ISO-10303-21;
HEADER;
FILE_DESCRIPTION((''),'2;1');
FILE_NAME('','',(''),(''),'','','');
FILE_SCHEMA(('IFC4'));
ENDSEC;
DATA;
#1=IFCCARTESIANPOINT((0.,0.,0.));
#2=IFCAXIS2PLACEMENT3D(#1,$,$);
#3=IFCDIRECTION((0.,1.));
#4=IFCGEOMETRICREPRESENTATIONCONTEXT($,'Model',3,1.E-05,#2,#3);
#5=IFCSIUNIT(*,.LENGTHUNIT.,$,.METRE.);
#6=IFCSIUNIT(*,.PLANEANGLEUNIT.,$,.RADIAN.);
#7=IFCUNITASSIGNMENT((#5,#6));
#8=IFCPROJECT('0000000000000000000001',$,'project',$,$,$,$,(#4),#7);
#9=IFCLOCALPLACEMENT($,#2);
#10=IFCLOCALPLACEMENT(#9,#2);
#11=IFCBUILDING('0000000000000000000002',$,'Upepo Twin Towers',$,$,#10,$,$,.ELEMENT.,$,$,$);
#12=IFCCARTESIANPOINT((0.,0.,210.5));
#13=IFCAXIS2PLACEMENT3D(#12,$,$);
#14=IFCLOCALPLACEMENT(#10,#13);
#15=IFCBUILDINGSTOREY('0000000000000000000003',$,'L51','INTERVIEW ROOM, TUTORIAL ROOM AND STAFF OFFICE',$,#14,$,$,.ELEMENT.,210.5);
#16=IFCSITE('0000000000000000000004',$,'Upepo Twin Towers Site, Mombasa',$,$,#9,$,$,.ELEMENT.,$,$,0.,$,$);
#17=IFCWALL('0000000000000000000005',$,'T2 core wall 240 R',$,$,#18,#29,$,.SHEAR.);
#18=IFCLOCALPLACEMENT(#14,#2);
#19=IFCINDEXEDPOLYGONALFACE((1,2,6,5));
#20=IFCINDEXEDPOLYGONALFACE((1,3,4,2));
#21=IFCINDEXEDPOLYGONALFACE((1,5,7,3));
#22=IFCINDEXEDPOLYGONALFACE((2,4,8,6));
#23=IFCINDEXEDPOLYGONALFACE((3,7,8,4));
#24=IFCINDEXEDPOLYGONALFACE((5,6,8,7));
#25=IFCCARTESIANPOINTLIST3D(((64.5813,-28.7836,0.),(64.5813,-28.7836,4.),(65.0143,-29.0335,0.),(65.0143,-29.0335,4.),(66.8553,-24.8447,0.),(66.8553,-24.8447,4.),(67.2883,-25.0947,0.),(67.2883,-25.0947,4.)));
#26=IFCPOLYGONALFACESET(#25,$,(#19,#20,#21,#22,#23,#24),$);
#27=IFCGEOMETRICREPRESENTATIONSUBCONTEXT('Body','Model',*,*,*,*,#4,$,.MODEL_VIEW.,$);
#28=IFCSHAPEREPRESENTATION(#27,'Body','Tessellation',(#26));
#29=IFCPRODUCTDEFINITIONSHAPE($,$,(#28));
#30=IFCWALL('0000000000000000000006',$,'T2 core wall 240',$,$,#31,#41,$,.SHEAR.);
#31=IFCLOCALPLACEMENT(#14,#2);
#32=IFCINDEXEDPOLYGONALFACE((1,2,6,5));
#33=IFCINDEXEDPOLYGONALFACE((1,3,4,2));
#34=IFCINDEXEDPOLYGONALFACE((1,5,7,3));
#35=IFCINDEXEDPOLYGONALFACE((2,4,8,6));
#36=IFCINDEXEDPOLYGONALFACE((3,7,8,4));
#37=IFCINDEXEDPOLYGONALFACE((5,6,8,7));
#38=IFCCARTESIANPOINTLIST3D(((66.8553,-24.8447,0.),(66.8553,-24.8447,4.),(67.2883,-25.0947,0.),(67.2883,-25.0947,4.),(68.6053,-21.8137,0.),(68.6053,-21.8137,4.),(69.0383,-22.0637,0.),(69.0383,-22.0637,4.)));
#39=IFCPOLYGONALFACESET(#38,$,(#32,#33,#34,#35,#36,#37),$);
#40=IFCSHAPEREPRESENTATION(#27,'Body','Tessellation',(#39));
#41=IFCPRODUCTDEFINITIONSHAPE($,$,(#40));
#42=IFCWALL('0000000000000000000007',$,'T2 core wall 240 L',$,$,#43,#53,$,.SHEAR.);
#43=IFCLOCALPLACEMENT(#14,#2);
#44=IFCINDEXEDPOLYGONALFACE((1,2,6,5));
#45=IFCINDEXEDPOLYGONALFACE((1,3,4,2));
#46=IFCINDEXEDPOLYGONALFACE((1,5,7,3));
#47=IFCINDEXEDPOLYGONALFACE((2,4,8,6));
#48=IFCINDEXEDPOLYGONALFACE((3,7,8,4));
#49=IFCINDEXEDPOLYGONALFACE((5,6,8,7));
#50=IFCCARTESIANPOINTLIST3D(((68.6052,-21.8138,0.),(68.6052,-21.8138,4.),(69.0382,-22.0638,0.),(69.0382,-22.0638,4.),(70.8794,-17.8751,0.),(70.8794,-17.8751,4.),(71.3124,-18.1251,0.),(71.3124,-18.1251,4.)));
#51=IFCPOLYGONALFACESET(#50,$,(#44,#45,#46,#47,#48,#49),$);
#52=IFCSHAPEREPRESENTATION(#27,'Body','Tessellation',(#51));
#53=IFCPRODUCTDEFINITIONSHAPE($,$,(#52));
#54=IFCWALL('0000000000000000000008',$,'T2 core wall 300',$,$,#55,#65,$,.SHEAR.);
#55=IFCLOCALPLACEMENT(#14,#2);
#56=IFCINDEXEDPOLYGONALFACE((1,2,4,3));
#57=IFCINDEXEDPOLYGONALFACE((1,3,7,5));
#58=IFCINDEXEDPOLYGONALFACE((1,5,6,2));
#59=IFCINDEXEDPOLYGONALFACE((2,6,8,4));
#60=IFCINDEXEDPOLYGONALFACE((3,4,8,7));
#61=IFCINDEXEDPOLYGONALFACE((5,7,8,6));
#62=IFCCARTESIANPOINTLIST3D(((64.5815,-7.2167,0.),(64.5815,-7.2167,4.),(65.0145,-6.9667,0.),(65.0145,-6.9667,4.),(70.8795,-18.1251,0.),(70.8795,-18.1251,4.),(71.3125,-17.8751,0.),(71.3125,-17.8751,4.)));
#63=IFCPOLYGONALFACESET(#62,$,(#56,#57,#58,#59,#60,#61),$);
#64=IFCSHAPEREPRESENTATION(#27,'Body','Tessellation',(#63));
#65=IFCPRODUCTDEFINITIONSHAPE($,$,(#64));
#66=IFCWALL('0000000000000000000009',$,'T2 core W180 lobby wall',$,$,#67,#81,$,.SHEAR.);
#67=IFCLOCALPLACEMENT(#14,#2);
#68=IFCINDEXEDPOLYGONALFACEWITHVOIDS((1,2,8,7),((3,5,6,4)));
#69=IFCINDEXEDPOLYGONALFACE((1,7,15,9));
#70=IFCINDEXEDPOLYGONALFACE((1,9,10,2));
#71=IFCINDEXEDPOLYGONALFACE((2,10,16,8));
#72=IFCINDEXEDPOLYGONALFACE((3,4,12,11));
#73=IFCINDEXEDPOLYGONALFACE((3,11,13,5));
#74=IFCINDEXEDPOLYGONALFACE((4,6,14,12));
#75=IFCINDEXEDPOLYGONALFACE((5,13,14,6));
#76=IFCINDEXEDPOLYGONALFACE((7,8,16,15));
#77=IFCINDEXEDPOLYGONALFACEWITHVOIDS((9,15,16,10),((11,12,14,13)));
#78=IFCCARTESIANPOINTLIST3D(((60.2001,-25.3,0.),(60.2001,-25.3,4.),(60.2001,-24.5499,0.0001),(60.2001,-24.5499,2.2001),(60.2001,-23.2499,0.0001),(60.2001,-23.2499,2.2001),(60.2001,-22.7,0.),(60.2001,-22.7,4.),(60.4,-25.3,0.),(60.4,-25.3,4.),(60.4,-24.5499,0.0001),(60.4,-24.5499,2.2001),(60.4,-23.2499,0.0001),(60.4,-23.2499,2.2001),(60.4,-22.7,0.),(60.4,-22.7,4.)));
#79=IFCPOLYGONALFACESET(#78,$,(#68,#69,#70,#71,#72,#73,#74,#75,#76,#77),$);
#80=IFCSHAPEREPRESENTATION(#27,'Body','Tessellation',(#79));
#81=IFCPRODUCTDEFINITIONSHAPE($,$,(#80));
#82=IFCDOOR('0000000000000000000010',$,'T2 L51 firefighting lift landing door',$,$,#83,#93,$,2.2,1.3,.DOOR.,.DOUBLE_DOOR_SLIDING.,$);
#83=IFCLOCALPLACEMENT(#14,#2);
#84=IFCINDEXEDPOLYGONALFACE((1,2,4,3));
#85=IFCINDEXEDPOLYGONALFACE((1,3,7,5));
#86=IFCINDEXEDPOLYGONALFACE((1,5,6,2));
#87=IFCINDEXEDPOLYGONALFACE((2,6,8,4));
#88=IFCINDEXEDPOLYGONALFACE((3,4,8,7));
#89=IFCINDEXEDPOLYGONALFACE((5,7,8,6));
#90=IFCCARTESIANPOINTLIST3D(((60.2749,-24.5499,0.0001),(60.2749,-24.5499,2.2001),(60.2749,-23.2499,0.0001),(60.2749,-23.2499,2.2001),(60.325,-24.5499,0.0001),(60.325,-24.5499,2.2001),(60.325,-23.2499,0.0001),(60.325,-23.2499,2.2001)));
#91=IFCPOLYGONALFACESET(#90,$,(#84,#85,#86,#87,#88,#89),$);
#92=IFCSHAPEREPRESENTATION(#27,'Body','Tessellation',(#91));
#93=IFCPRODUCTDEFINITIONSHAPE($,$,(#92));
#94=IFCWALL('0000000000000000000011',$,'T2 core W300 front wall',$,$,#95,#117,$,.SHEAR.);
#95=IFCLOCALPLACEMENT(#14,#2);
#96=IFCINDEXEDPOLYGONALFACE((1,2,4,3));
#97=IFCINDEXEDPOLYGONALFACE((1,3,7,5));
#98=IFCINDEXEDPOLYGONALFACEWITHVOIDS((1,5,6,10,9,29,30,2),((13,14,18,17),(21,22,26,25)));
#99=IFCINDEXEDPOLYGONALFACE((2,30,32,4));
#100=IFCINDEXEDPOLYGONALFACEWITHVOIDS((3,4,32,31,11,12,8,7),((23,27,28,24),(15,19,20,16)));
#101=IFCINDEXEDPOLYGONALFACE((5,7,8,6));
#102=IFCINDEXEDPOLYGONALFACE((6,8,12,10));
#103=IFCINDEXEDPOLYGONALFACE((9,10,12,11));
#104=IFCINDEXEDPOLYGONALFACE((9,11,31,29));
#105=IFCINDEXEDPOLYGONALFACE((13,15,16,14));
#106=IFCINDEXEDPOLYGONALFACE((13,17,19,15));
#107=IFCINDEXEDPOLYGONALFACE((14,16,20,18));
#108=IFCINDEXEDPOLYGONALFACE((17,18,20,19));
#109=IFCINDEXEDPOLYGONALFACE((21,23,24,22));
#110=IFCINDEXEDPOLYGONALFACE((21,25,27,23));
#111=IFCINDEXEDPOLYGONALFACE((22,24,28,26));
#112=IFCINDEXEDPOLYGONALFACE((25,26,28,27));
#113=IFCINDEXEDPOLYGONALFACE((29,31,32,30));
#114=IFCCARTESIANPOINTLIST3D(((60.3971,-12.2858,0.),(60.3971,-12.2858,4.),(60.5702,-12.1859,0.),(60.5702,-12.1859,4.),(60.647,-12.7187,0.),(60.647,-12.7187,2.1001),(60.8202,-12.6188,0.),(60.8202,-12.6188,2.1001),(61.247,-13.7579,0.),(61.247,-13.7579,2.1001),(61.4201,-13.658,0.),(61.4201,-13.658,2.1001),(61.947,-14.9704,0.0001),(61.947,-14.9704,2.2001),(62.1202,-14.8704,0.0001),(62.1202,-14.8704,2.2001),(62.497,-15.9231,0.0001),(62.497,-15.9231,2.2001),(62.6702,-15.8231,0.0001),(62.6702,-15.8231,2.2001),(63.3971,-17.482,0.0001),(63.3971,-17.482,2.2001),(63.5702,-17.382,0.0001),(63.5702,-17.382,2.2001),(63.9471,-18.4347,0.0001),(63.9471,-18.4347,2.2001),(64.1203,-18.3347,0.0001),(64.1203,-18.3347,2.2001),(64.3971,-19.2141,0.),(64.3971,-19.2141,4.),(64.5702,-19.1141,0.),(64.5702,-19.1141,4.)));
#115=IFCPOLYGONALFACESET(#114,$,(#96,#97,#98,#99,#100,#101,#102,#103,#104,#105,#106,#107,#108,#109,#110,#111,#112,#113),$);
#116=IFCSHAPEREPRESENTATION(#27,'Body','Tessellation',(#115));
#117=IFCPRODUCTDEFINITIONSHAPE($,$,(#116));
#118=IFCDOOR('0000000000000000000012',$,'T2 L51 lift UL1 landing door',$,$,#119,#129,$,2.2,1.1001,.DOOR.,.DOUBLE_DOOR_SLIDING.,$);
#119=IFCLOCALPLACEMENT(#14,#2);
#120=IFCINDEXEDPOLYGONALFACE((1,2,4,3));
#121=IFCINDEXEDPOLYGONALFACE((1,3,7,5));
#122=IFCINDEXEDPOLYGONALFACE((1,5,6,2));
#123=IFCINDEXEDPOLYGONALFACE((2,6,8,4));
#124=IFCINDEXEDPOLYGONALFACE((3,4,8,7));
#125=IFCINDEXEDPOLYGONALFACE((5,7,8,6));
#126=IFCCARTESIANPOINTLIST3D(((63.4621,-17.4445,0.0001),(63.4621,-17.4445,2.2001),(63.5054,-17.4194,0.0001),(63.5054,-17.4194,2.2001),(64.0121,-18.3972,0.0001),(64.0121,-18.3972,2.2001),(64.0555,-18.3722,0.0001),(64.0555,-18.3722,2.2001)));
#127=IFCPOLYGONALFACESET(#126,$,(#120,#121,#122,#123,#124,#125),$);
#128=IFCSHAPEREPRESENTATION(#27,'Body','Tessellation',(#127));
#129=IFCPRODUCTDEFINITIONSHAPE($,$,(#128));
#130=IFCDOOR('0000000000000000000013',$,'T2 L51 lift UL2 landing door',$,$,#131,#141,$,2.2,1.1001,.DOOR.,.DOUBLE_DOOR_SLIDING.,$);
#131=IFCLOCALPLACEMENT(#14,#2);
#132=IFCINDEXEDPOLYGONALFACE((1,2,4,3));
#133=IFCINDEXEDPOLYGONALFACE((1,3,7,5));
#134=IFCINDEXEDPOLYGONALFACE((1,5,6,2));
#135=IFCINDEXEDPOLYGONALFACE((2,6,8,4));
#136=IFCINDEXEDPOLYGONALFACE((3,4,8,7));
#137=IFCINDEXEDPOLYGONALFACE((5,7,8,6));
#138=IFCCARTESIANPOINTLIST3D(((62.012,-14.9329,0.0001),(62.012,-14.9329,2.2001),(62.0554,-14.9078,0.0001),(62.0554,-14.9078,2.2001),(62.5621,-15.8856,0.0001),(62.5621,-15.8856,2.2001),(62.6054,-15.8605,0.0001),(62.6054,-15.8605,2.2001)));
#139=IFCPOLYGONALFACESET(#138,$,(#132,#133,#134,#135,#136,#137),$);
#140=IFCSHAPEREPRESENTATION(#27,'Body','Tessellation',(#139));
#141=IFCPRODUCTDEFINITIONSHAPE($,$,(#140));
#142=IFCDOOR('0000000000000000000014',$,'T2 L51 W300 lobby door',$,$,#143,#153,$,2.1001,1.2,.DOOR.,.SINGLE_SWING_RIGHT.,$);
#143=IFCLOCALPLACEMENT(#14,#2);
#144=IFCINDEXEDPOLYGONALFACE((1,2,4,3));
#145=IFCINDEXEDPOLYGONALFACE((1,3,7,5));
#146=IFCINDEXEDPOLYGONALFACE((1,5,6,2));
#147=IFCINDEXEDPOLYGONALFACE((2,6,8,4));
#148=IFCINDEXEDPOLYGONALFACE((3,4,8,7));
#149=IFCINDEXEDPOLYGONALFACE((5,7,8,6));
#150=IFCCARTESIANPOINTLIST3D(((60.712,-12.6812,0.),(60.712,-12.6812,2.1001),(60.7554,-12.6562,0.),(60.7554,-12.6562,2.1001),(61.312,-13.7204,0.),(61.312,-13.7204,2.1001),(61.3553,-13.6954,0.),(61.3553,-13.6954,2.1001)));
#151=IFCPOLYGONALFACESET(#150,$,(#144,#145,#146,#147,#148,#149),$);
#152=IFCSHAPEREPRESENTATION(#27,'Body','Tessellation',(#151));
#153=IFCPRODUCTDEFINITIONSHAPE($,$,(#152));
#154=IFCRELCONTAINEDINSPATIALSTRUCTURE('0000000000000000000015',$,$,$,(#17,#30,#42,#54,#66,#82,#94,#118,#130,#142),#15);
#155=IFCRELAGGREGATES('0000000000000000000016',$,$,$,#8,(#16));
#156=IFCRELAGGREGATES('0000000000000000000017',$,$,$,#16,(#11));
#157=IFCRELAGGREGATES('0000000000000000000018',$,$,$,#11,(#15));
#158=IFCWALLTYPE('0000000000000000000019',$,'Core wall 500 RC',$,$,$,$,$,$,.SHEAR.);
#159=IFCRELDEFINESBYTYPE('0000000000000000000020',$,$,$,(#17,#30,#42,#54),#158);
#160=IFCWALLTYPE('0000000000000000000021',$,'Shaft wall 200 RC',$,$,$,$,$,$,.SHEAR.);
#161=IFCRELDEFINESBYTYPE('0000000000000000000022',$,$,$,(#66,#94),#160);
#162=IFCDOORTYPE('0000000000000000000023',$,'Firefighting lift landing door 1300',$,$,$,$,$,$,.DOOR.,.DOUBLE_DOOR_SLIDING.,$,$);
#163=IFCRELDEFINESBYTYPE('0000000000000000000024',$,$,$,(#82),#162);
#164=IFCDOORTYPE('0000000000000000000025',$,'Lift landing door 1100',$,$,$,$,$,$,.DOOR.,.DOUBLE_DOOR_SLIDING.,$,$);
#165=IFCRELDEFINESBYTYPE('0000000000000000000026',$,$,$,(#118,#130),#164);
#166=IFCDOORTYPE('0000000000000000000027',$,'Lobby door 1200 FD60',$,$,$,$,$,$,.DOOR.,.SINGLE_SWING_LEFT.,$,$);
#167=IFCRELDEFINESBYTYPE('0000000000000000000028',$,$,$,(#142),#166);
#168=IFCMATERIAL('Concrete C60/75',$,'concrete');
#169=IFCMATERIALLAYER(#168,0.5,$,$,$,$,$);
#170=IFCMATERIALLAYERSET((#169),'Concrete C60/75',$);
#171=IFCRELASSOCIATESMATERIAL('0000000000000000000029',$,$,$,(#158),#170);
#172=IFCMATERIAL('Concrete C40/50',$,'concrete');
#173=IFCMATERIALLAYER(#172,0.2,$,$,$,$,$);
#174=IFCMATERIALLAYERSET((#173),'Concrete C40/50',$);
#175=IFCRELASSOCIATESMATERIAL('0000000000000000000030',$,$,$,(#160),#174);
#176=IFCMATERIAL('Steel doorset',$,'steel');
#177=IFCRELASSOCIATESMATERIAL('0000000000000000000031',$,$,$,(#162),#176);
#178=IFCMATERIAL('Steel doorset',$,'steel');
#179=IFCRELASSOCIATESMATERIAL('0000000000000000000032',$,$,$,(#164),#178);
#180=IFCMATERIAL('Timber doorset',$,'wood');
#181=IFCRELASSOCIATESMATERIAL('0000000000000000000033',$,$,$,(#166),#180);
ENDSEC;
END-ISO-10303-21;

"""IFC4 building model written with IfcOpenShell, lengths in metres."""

from ifc_helpers import new_model, si_unit, direction, frame, frame_2d, origin, place, context, subcontext, project, spatial, rectangle, extrude, material, layer, layer_set, type_object, element, fill, save


model = new_model("IFC4")

# Units and contexts
model_context = context("Model", 3, precision=1e-05, world=origin(), true_north=direction((0.0, 1.0)))
body_context = subcontext(model_context, "Body", "Model", "MODEL_VIEW")
ifc_project = project(units=[si_unit("LENGTHUNIT", "METRE"), si_unit("PLANEANGLEUNIT", "RADIAN")], contexts=[model_context])

# Site, building, storey
site_placement = place(None, origin())
site = spatial("IfcSite", under=ifc_project, at=site_placement, Name="Upepo Twin Towers Site, Mombasa", CompositionType="ELEMENT", RefElevation=0.0)
building_placement = place(site_placement, origin())
building = spatial("IfcBuilding", under=site, at=building_placement, Name="Upepo Twin Towers", CompositionType="ELEMENT")
storey_placement = place(building_placement, frame((0.0, 0.0, 210.5)))
storey = spatial("IfcBuildingStorey", under=building, at=storey_placement, Name="L51", Description="INTERVIEW ROOM, TUTORIAL ROOM AND STAFF OFFICE", CompositionType="ELEMENT", Elevation=210.5)

# Walls
ifc_material_1 = material(Name="Concrete C60/75", Category="concrete")
ifc_layer_1 = layer(ifc_material_1, 0.5)
ifc_layer_set_1 = layer_set([ifc_layer_1], Name="Concrete C60/75")
wall_type_1 = type_object("IfcWallType", Name="Core wall 500 RC", PredefinedType="SHEAR", material=ifc_layer_set_1)
wall_1_placement = place(storey_placement, frame((64.7979, -28.9084, 0.0), z_axis=(0.0, 0.0, 1.0), x_axis=(0.499984, 0.866035, 0.0)))
element("IfcWall", 1, at=wall_1_placement, inside=storey, type_object=wall_type_1, Name="T2 core wall 240 R", PredefinedType="SHEAR", context=body_context, shape_type="SweptSolid", body=[
    extrude(rectangle(XDim=4.5481, YDim=0.5, at=frame_2d((2.2739, 0.0))), origin(), (0.0, 0.0, 1.0), 4.0),
])
wall_2_placement = place(storey_placement, frame((67.0718, -24.9697, 0.0), z_axis=(0.0, 0.0, 1.0), x_axis=(0.50001, 0.866019, 0.0)))
element("IfcWall", 2, at=wall_2_placement, inside=storey, type_object=wall_type_1, Name="T2 core wall 240", PredefinedType="SHEAR", context=body_context, shape_type="SweptSolid", body=[
    extrude(rectangle(XDim=3.5, YDim=0.5, at=frame_2d((1.75, 0.0))), origin(), (0.0, 0.0, 1.0), 4.0),
])
wall_3_placement = place(storey_placement, frame((68.8218, -21.9387, 0.0), z_axis=(0.0, 0.0, 1.0), x_axis=(0.500024, 0.866011, 0.0)))
element("IfcWall", 3, at=wall_3_placement, inside=storey, type_object=wall_type_1, Name="T2 core wall 240 L", PredefinedType="SHEAR", context=body_context, shape_type="SweptSolid", body=[
    extrude(rectangle(XDim=4.5481, YDim=0.5, at=frame_2d((2.2739, 0.0))), origin(), (0.0, 0.0, 1.0), 4.0),
])
wall_4_placement = place(storey_placement, frame((71.0959, -18.0, 0.0), z_axis=(0.0, 0.0, 1.0), x_axis=(-0.500006, 0.866022, 0.0)))
element("IfcWall", 4, at=wall_4_placement, inside=storey, type_object=wall_type_1, Name="T2 core wall 300", PredefinedType="SHEAR", context=body_context, shape_type="SweptSolid", body=[
    extrude(rectangle(XDim=12.5959, YDim=0.5, at=frame_2d((6.2979, 0.0))), origin(), (0.0, 0.0, 1.0), 4.0),
])

# Wall, opening, door
ifc_material_2 = material(Name="Concrete C40/50", Category="concrete")
ifc_layer_2 = layer(ifc_material_2, 0.2)
ifc_layer_set_2 = layer_set([ifc_layer_2], Name="Concrete C40/50")
wall_type_2 = type_object("IfcWallType", Name="Shaft wall 200 RC", PredefinedType="SHEAR", material=ifc_layer_set_2)
wall_5_placement = place(storey_placement, frame((60.3, -22.7, 0.0), z_axis=(0.0, 0.0, 1.0), x_axis=(0.0, -1.0, 0.0)))
wall_5 = element("IfcWall", 5, at=wall_5_placement, inside=storey, type_object=wall_type_2, Name="T2 core W180 lobby wall", PredefinedType="SHEAR", context=body_context, shape_type="SweptSolid", body=[
    extrude(rectangle(XDim=2.6001, YDim=0.2, at=frame_2d((1.3, 0.0))), origin(), (0.0, 0.0, 1.0), 4.0),
])
opening_1_placement = place(wall_5_placement, frame((0.55, 0.0, 0.0)))
opening_1 = element("IfcOpeningElement", 6, at=opening_1_placement, cuts=wall_5, PredefinedType="OPENING", context=body_context, shape_type="SweptSolid", body=[
    extrude(rectangle(XDim=1.3, YDim=2.2, at=frame_2d((0.6499, 1.1001))), frame((0.0, 0.1099, 0.0), z_axis=(0.0, -1.0, 0.0), x_axis=(1.0, 0.0, 0.0)), (0.0, 0.0, 1.0), 0.22),
])
ifc_material_3 = material(Name="Steel doorset", Category="steel")
door_type_1 = type_object("IfcDoorType", Name="Firefighting lift landing door 1300", OperationType="DOUBLE_DOOR_SLIDING", PredefinedType="DOOR", material=ifc_material_3)
door_1_placement = place(opening_1_placement, origin())
door_1 = element("IfcDoor", 7, at=door_1_placement, inside=storey, type_object=door_type_1, Name="T2 L51 firefighting lift landing door", OperationType="DOUBLE_DOOR_SLIDING", OverallHeight=2.2, OverallWidth=1.3, PredefinedType="DOOR", context=body_context, shape_type="SweptSolid", body=[
    extrude(rectangle(XDim=1.3, YDim=2.2, at=frame_2d((0.6499, 1.1001))), frame((0.0, 0.0249, 0.0), z_axis=(0.0, -1.0, 0.0), x_axis=(1.0, 0.0, 0.0)), (0.0, 0.0, 1.0), 0.05),
])
fill(opening_1, door_1)

# Wall, openings, doors
wall_6_placement = place(storey_placement, frame((64.4836, -19.1641, 0.0), z_axis=(0.0, 0.0, 1.0), x_axis=(-0.499999, 0.866026, 0.0)))
wall_6 = element("IfcWall", 8, at=wall_6_placement, inside=storey, type_object=wall_type_2, Name="T2 core W300 front wall", PredefinedType="SHEAR", context=body_context, shape_type="SweptSolid", body=[
    extrude(rectangle(XDim=8.0, YDim=0.2, at=frame_2d((4.0, 0.0))), origin(), (0.0, 0.0, 1.0), 4.0),
])
opening_2_placement = place(wall_6_placement, frame((6.3, 0.0, 0.0)))
opening_2 = element("IfcOpeningElement", 9, at=opening_2_placement, cuts=wall_6, PredefinedType="OPENING", context=body_context, shape_type="SweptSolid", body=[
    extrude(rectangle(XDim=1.2, YDim=2.1001, at=frame_2d((0.6001, 1.05))), frame((0.0, 0.1099, 0.0), z_axis=(0.0, -1.0, 0.0), x_axis=(1.0, 0.0, 0.0)), (0.0, 0.0, 1.0), 0.22),
])
opening_3_placement = place(wall_6_placement, frame((0.8999, 0.0, 0.0)))
opening_3 = element("IfcOpeningElement", 10, at=opening_3_placement, cuts=wall_6, PredefinedType="OPENING", context=body_context, shape_type="SweptSolid", body=[
    extrude(rectangle(XDim=1.1001, YDim=2.2, at=frame_2d((0.55, 1.1001))), frame((0.0, 0.1099, 0.0), z_axis=(0.0, -1.0, 0.0), x_axis=(1.0, 0.0, 0.0)), (0.0, 0.0, 1.0), 0.22),
])
opening_4_placement = place(wall_6_placement, frame((3.8, 0.0, 0.0)))
opening_4 = element("IfcOpeningElement", 11, at=opening_4_placement, cuts=wall_6, PredefinedType="OPENING", context=body_context, shape_type="SweptSolid", body=[
    extrude(rectangle(XDim=1.1001, YDim=2.2, at=frame_2d((0.55, 1.1001))), frame((0.0, 0.1099, 0.0), z_axis=(0.0, -1.0, 0.0), x_axis=(1.0, 0.0, 0.0)), (0.0, 0.0, 1.0), 0.22),
])
ifc_material_4 = material(Name="Steel doorset", Category="steel")
door_type_2 = type_object("IfcDoorType", Name="Lift landing door 1100", OperationType="DOUBLE_DOOR_SLIDING", PredefinedType="DOOR", material=ifc_material_4)
door_2_placement = place(opening_3_placement, origin())
door_2 = element("IfcDoor", 12, at=door_2_placement, inside=storey, type_object=door_type_2, Name="T2 L51 lift UL1 landing door", OperationType="DOUBLE_DOOR_SLIDING", OverallHeight=2.2, OverallWidth=1.1001, PredefinedType="DOOR", context=body_context, shape_type="SweptSolid", body=[
    extrude(rectangle(XDim=1.1001, YDim=2.2, at=frame_2d((0.55, 1.1001))), frame((0.0, 0.0249, 0.0), z_axis=(0.0, -1.0, 0.0), x_axis=(1.0, 0.0, 0.0)), (0.0, 0.0, 1.0), 0.05),
])
fill(opening_3, door_2)
door_3_placement = place(opening_4_placement, origin())
door_3 = element("IfcDoor", 13, at=door_3_placement, inside=storey, type_object=door_type_2, Name="T2 L51 lift UL2 landing door", OperationType="DOUBLE_DOOR_SLIDING", OverallHeight=2.2, OverallWidth=1.1001, PredefinedType="DOOR", context=body_context, shape_type="SweptSolid", body=[
    extrude(rectangle(XDim=1.1001, YDim=2.2, at=frame_2d((0.55, 1.1001))), frame((0.0, 0.0249, 0.0), z_axis=(0.0, -1.0, 0.0), x_axis=(1.0, 0.0, 0.0)), (0.0, 0.0, 1.0), 0.05),
])
fill(opening_4, door_3)
ifc_material_5 = material(Name="Timber doorset", Category="wood")
door_type_3 = type_object("IfcDoorType", Name="Lobby door 1200 FD60", OperationType="SINGLE_SWING_LEFT", PredefinedType="DOOR", material=ifc_material_5)
door_4_placement = place(opening_2_placement, origin())
door_4 = element("IfcDoor", 14, at=door_4_placement, inside=storey, type_object=door_type_3, Name="T2 L51 W300 lobby door", OperationType="SINGLE_SWING_RIGHT", OverallHeight=2.1001, OverallWidth=1.2, PredefinedType="DOOR", context=body_context, shape_type="SweptSolid", body=[
    extrude(rectangle(XDim=1.2, YDim=2.1001, at=frame_2d((0.6001, 1.05))), frame((0.0, 0.0249, 0.0), z_axis=(0.0, -1.0, 0.0), x_axis=(1.0, 0.0, 0.0)), (0.0, 0.0, 1.0), 0.05),
])
fill(opening_2, door_4)

save(model, "model.ifc")
